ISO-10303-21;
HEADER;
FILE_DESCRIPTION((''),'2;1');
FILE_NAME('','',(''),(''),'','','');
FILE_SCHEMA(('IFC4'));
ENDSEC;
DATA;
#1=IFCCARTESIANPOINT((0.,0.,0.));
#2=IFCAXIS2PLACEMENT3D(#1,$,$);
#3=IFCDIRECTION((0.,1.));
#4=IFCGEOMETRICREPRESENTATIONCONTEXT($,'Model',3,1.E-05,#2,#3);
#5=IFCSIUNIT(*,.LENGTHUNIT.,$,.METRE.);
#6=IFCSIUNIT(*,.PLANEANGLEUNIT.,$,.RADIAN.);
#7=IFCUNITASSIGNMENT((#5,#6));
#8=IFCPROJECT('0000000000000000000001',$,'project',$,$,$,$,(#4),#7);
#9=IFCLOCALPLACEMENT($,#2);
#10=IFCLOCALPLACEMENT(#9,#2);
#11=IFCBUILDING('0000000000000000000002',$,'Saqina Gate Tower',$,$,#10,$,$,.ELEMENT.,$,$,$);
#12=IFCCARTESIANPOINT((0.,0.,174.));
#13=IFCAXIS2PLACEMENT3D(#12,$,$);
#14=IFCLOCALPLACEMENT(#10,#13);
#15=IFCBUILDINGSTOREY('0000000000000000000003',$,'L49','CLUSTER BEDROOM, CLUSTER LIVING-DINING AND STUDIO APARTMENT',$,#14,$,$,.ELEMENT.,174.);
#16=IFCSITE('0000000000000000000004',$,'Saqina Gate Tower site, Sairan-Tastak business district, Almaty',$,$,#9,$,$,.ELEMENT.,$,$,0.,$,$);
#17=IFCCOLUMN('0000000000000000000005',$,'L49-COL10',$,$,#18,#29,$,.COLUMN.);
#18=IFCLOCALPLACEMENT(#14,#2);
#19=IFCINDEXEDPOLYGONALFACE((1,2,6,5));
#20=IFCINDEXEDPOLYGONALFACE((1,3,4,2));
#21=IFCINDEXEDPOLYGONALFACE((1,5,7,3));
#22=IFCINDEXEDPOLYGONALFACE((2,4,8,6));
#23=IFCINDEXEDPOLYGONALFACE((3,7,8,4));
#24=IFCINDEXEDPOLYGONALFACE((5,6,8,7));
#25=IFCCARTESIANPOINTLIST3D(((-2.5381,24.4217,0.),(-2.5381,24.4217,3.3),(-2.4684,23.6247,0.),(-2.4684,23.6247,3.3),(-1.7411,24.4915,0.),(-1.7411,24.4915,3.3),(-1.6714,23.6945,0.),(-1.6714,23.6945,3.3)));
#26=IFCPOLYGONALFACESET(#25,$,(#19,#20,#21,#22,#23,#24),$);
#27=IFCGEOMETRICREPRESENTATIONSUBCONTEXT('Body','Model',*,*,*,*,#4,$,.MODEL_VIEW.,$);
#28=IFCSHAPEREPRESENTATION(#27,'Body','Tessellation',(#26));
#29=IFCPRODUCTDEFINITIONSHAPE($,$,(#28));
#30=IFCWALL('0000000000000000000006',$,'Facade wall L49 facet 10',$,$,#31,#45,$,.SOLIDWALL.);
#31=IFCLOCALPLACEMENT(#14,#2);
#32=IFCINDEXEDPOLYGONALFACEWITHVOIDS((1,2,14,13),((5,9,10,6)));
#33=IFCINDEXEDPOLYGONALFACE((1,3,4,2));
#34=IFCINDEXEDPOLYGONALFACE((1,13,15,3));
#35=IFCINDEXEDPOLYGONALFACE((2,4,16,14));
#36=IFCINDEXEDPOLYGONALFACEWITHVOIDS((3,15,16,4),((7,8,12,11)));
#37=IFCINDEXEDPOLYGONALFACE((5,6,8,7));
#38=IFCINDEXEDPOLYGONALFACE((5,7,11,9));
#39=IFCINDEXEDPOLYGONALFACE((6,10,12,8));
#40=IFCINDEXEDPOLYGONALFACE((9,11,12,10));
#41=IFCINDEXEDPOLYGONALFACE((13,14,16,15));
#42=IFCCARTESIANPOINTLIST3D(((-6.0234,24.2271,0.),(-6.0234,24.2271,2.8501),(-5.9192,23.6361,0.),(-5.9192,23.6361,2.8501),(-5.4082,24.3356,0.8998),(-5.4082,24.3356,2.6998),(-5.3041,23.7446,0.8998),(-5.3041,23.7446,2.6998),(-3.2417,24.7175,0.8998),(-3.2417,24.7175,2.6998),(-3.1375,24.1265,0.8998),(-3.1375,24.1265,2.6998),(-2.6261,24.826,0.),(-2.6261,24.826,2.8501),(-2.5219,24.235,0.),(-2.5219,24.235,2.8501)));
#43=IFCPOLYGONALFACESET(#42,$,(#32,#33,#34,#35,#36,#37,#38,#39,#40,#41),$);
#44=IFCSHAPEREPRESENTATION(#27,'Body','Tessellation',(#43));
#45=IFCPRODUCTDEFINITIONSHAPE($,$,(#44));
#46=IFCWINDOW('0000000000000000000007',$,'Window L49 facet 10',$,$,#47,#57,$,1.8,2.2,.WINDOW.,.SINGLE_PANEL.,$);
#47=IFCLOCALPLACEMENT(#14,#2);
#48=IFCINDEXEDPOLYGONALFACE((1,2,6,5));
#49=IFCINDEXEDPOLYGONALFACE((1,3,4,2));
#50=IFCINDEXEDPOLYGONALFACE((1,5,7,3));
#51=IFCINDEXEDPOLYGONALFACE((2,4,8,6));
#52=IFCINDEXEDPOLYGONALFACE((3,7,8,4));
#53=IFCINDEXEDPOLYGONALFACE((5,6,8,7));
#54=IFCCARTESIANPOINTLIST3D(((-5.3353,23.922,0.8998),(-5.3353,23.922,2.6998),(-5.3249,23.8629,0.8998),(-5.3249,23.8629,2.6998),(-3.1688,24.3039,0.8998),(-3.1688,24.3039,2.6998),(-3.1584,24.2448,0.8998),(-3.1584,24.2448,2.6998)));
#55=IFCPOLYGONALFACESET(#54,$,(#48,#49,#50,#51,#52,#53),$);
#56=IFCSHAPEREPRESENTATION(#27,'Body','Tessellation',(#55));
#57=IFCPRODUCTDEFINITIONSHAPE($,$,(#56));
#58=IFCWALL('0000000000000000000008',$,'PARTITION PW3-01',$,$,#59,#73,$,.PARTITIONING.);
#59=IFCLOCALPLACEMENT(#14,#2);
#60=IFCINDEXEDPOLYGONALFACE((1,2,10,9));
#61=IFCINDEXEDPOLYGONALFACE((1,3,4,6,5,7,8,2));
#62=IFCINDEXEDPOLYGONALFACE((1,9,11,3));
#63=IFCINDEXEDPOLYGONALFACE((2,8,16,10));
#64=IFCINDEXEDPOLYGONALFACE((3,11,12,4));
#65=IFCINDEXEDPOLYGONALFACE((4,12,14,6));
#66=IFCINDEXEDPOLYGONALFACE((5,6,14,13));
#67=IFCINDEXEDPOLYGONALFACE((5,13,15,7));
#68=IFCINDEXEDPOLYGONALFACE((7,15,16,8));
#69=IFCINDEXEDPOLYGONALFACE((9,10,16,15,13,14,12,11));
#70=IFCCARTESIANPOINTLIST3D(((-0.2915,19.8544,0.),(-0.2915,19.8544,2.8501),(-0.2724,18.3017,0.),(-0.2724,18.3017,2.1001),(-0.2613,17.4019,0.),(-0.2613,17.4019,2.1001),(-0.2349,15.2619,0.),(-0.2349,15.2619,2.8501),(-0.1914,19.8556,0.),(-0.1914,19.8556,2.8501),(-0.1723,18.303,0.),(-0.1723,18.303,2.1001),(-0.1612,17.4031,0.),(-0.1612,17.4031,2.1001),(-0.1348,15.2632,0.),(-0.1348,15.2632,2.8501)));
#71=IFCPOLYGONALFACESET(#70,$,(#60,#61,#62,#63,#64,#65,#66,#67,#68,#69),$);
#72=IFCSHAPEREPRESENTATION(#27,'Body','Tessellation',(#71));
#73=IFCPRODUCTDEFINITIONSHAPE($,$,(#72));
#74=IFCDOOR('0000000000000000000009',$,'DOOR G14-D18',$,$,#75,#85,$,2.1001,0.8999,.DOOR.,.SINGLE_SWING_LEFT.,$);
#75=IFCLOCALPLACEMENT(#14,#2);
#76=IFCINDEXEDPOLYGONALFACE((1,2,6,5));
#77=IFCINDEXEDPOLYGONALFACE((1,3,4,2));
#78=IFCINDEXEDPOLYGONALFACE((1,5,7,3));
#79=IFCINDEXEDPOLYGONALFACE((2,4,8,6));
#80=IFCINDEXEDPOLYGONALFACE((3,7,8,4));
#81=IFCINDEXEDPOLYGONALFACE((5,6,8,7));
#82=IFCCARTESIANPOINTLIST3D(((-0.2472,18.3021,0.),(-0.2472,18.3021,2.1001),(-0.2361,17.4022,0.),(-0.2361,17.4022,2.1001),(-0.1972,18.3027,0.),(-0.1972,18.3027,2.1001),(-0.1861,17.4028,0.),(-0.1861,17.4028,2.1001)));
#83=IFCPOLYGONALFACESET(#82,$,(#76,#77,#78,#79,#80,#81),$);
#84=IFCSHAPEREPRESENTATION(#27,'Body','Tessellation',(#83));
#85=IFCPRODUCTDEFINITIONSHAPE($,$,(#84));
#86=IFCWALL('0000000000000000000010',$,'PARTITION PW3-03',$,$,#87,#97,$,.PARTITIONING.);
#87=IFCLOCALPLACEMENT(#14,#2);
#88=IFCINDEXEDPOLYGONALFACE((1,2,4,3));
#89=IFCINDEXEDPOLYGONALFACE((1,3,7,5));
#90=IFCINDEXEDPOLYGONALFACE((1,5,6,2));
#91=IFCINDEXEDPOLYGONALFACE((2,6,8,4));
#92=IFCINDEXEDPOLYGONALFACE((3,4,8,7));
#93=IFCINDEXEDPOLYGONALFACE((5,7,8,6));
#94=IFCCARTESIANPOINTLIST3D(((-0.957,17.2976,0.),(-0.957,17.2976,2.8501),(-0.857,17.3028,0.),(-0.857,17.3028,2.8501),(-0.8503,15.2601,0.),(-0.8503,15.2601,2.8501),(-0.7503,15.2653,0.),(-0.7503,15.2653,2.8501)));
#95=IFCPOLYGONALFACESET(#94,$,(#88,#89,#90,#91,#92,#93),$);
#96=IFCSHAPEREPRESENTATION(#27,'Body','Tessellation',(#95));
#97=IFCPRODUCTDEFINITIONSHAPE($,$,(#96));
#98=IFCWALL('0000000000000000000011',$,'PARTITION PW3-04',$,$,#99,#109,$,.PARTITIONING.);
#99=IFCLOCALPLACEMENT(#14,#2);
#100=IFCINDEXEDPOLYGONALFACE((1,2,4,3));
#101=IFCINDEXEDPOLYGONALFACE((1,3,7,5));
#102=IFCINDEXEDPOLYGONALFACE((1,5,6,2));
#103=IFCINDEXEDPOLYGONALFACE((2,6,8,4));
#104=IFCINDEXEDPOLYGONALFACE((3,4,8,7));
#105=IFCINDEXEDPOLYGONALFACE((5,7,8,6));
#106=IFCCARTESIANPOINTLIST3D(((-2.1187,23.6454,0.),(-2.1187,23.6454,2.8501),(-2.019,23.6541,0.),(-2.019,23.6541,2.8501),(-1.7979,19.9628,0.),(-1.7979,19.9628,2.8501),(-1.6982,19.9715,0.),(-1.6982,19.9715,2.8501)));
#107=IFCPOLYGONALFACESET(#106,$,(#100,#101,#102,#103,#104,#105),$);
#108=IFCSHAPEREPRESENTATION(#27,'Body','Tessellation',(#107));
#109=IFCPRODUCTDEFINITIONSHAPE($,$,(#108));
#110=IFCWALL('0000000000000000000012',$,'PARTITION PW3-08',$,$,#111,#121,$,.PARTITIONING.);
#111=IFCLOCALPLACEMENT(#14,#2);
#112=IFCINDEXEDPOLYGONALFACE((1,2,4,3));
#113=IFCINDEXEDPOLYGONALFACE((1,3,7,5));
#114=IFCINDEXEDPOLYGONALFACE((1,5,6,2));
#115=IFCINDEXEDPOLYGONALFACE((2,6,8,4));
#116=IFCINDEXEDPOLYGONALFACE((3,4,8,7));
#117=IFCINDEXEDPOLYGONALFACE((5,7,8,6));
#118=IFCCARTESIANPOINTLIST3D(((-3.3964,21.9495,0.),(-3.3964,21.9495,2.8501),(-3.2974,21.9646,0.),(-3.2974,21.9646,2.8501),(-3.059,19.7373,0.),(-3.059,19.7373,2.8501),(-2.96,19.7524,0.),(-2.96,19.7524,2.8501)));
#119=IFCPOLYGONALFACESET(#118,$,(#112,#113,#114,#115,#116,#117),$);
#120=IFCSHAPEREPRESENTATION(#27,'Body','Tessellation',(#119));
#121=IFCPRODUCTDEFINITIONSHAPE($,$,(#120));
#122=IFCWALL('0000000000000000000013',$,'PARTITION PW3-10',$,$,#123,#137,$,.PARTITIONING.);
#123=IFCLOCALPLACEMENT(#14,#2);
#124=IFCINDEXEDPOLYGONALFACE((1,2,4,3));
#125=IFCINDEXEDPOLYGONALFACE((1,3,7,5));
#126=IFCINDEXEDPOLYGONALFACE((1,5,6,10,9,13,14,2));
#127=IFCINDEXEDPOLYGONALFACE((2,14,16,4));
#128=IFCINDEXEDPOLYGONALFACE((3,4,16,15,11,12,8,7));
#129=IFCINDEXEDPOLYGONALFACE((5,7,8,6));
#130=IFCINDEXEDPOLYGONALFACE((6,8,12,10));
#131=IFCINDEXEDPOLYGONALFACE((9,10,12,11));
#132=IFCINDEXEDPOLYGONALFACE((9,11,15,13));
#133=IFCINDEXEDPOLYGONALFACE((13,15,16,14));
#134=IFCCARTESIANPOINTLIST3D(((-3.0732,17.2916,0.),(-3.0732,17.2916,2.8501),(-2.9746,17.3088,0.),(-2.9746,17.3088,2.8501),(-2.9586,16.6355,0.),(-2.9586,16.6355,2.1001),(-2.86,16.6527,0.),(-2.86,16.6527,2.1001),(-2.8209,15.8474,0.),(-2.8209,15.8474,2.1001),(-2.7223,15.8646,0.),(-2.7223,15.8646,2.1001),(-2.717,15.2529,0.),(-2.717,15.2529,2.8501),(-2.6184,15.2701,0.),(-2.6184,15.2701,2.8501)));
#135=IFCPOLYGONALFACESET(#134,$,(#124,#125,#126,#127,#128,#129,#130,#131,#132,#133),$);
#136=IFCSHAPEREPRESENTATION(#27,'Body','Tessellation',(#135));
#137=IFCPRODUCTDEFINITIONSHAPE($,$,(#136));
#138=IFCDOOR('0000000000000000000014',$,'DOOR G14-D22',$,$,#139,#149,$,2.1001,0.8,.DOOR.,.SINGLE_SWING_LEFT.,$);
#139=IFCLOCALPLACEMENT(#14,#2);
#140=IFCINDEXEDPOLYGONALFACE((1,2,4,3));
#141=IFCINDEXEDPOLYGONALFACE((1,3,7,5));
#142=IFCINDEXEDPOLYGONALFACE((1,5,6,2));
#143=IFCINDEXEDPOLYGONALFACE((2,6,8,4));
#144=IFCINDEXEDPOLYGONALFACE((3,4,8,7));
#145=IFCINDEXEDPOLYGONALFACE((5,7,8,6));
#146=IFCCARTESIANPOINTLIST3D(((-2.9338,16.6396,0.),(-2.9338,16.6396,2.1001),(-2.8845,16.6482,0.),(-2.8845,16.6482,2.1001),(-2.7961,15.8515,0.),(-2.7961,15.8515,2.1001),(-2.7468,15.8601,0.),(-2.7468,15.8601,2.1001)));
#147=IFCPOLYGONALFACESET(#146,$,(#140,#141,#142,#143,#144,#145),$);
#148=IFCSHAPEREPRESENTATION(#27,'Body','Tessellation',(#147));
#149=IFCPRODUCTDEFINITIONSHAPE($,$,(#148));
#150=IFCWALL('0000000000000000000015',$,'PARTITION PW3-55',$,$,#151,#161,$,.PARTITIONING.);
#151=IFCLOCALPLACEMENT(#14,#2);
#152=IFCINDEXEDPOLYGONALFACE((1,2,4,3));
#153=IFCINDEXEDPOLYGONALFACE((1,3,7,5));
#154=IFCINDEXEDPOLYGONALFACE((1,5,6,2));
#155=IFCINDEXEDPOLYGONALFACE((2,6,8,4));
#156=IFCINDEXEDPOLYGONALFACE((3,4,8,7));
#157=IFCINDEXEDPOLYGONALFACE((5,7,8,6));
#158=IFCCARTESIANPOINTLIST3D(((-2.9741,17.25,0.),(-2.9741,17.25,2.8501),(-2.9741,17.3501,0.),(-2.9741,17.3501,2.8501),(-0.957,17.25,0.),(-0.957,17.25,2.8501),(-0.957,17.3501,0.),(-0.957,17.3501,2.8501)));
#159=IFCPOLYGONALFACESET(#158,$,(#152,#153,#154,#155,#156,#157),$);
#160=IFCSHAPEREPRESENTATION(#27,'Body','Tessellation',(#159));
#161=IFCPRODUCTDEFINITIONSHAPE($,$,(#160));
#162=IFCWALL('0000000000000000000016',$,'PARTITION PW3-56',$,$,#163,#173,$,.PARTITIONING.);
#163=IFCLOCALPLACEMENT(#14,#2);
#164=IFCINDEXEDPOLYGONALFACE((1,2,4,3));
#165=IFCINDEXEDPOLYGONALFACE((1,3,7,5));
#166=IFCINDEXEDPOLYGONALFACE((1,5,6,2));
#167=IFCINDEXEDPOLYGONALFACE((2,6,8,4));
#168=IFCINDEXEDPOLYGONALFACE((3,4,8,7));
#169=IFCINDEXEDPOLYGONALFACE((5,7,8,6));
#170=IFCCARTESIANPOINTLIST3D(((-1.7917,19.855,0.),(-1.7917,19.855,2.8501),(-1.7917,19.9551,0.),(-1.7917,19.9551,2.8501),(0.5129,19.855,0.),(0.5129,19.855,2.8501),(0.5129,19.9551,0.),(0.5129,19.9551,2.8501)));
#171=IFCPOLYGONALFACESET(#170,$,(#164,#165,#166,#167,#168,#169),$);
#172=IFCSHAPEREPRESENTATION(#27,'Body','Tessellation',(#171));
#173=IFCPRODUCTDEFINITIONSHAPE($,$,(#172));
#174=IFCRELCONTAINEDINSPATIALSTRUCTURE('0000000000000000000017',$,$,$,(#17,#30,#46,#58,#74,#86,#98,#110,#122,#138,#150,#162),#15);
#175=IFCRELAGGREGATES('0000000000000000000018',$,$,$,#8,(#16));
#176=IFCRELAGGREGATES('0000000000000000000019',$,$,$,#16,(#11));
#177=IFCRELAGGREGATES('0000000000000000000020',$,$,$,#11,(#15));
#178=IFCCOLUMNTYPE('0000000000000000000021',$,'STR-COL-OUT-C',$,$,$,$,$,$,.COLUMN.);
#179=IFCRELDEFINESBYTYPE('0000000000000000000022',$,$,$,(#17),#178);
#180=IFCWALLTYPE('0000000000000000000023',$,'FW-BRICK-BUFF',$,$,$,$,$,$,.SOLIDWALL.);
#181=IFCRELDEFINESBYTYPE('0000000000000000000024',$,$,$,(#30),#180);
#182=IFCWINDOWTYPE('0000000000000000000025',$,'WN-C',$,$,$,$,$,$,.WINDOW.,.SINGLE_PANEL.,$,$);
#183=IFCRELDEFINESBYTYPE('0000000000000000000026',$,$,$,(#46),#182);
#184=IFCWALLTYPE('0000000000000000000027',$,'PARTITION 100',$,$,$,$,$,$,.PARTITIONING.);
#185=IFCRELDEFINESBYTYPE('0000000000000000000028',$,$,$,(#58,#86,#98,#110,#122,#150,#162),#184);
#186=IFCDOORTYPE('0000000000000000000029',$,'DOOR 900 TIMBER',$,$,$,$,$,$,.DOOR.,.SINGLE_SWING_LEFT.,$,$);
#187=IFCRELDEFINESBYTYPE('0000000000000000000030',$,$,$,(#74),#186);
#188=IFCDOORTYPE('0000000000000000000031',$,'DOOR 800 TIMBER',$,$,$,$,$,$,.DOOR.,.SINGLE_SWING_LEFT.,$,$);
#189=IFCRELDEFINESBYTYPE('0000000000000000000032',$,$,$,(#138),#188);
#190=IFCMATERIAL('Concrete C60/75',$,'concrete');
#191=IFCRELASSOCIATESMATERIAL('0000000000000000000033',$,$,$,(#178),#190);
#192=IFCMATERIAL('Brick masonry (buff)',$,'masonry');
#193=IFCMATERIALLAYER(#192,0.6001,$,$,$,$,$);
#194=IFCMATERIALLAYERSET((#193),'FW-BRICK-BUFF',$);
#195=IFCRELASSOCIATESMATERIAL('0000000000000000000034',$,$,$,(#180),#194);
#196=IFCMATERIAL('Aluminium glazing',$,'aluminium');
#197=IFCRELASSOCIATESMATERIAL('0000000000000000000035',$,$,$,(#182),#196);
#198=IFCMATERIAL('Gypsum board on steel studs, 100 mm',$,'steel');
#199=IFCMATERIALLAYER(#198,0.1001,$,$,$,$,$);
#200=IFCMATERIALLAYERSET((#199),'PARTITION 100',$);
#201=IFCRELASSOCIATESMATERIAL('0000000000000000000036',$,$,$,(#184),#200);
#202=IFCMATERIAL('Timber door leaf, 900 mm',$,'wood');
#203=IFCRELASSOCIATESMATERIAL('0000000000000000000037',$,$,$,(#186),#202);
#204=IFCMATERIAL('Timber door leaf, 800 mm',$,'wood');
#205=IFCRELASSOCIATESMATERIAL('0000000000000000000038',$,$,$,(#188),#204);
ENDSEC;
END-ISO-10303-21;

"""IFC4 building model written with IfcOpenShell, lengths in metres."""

from ifc_helpers import new_model, si_unit, direction, frame, frame_2d, origin, origin_2d, place, context, subcontext, project, spatial, rectangle, extrude, material, layer, layer_set, material_profile, profile_set, type_object, element, fill, save


model = new_model("IFC4")

# Units and contexts
model_context = context("Model", 3, precision=1e-05, world=origin(), true_north=direction((0.0, 1.0)))
body_context = subcontext(model_context, "Body", "Model", "MODEL_VIEW")
ifc_project = project(units=[si_unit("LENGTHUNIT", "METRE"), si_unit("PLANEANGLEUNIT", "RADIAN")], contexts=[model_context])

# Site, building, storey
site_placement = place(None, origin())
site = spatial("IfcSite", under=ifc_project, at=site_placement, Name="Saqina Gate Tower site, Sairan-Tastak business district, Almaty", CompositionType="ELEMENT", RefElevation=0.0)
building_placement = place(site_placement, origin())
building = spatial("IfcBuilding", under=site, at=building_placement, Name="Saqina Gate Tower", CompositionType="ELEMENT")
storey_placement = place(building_placement, frame((0.0, 0.0, 174.0)))
storey = spatial("IfcBuildingStorey", under=building, at=storey_placement, Name="L49", Description="CLUSTER BEDROOM, CLUSTER LIVING-DINING AND STUDIO APARTMENT", CompositionType="ELEMENT", Elevation=174.0)

# Column
ifc_material_1 = material(Name="Concrete C60/75", Category="concrete")
ifc_material_profile = material_profile(ifc_material_1, rectangle(XDim=0.8, YDim=0.8, at=origin_2d()), Name="RC 800x800")
ifc_profile_set = profile_set([ifc_material_profile], Name="Concrete C60/75")
column_type = type_object("IfcColumnType", Name="STR-COL-OUT-C", PredefinedType="COLUMN", material=ifc_profile_set)
column_placement = place(storey_placement, frame((-2.1047, 24.0581, 0.0), z_axis=(0.0, 0.0, 1.0), x_axis=(-0.087156, 0.996195, 0.0)))
element("IfcColumn", 1, at=column_placement, inside=storey, type_object=column_type, Name="L49-COL10", PredefinedType="COLUMN", context=body_context, shape_type="SweptSolid", body=[
    extrude(rectangle(XDim=0.8, YDim=0.8, at=origin_2d()), origin(), (0.0, 0.0, 1.0), 3.3),
])

# Wall, opening, window
ifc_material_2 = material(Name="Brick masonry (buff)", Category="masonry")
ifc_layer_1 = layer(ifc_material_2, 0.6001)
ifc_layer_set_1 = layer_set([ifc_layer_1], Name="FW-BRICK-BUFF")
wall_type_1 = type_object("IfcWallType", Name="FW-BRICK-BUFF", PredefinedType="SOLIDWALL", material=ifc_layer_set_1)
wall_1_placement = place(storey_placement, frame((-2.574, 24.5305, 0.0), z_axis=(0.0, 0.0, 1.0), x_axis=(-0.984815, -0.173608, 0.0)))
wall_1 = element("IfcWall", 2, at=wall_1_placement, inside=storey, type_object=wall_type_1, Name="Facade wall L49 facet 10", PredefinedType="SOLIDWALL", context=body_context, shape_type="SweptSolid", body=[
    extrude(rectangle(XDim=3.4497, YDim=0.6001, at=frame_2d((1.7249, 0.0))), origin(), (0.0, 0.0, 1.0), 2.8501),
])
opening_1_placement = place(wall_1_placement, frame((0.625, 0.0, 0.8999)))
opening_1 = element("IfcOpeningElement", 3, at=opening_1_placement, cuts=wall_1, PredefinedType="OPENING", context=body_context, shape_type="SweptSolid", body=[
    extrude(rectangle(XDim=2.2, YDim=1.8, at=frame_2d((1.1001, 0.8999))), frame((0.0, 0.312, 0.0), z_axis=(0.0, -1.0, 0.0), x_axis=(1.0, 0.0, 0.0)), (0.0, 0.0, 1.0), 0.624),
])
ifc_material_3 = material(Name="Aluminium glazing", Category="aluminium")
window_type = type_object("IfcWindowType", Name="WN-C", PartitioningType="SINGLE_PANEL", PredefinedType="WINDOW", material=ifc_material_3)
window_placement = place(opening_1_placement, origin())
window = element("IfcWindow", 4, at=window_placement, inside=storey, type_object=window_type, Name="Window L49 facet 10", OverallHeight=1.8, OverallWidth=2.2, PartitioningType="SINGLE_PANEL", PredefinedType="WINDOW", context=body_context, shape_type="SweptSolid", body=[
    extrude(rectangle(XDim=2.2, YDim=1.8, at=frame_2d((1.1001, 0.8999))), frame((0.0, 0.1799, 0.0), z_axis=(0.0, -1.0, 0.0), x_axis=(1.0, 0.0, 0.0)), (0.0, 0.0, 1.0), 0.0601),
])
fill(opening_1, window)

# Wall, opening, door
ifc_material_4 = material(Name="Gypsum board on steel studs, 100 mm", Category="steel")
ifc_layer_2 = layer(ifc_material_4, 0.1001)
ifc_layer_set_2 = layer_set([ifc_layer_2], Name="PARTITION 100")
wall_type_2 = type_object("IfcWallType", Name="PARTITION 100", PredefinedType="PARTITIONING", material=ifc_layer_set_2)
wall_2_placement = place(storey_placement, frame((-0.2415, 19.855, 0.0), z_axis=(0.0, 0.0, 1.0), x_axis=(0.012332, -0.999924, 0.0)))
wall_2 = element("IfcWall", 5, at=wall_2_placement, inside=storey, type_object=wall_type_2, Name="PARTITION PW3-01", PredefinedType="PARTITIONING", context=body_context, shape_type="SweptSolid", body=[
    extrude(rectangle(XDim=4.5928, YDim=0.1001, at=frame_2d((2.2964, 0.0))), origin(), (0.0, 0.0, 1.0), 2.8501),
])
opening_2_placement = place(wall_2_placement, frame((1.5527, 0.0, 0.0)))
opening_2 = element("IfcOpeningElement", 6, at=opening_2_placement, cuts=wall_2, PredefinedType="OPENING", context=body_context, shape_type="SweptSolid", body=[
    extrude(rectangle(XDim=0.8999, YDim=2.1001, at=frame_2d((0.45, 1.05))), frame((0.0, 0.062, 0.0), z_axis=(0.0, -1.0, 0.0), x_axis=(1.0, 0.0, 0.0)), (0.0, 0.0, 1.0), 0.124),
])
ifc_material_5 = material(Name="Timber door leaf, 900 mm", Category="wood")
door_type_1 = type_object("IfcDoorType", Name="DOOR 900 TIMBER", OperationType="SINGLE_SWING_LEFT", PredefinedType="DOOR", material=ifc_material_5)
door_1_placement = place(opening_2_placement, frame((0.8999, 0.0, 0.0), z_axis=(0.0, 0.0, 1.0), x_axis=(-1.0, 0.0, 0.0)))
door_1 = element("IfcDoor", 7, at=door_1_placement, inside=storey, type_object=door_type_1, Name="DOOR G14-D18", OperationType="SINGLE_SWING_LEFT", OverallHeight=2.1001, OverallWidth=0.8999, PredefinedType="DOOR", context=body_context, shape_type="SweptSolid", body=[
    extrude(rectangle(XDim=0.8999, YDim=2.1001, at=frame_2d((0.45, 1.05))), frame((0.0, 0.0249, 0.0), z_axis=(0.0, -1.0, 0.0), x_axis=(1.0, 0.0, 0.0)), (0.0, 0.0, 1.0), 0.05),
])
fill(opening_2, door_1)

# Walls
wall_3_placement = place(storey_placement, frame((-0.907, 17.3, 0.0), z_axis=(0.0, 0.0, 1.0), x_axis=(0.052289, -0.998632, 0.0)))
element("IfcWall", 8, at=wall_3_placement, inside=storey, type_object=wall_type_2, Name="PARTITION PW3-03", PredefinedType="PARTITIONING", context=body_context, shape_type="SweptSolid", body=[
    extrude(rectangle(XDim=2.0403, YDim=0.1001, at=frame_2d((1.02, 0.0))), origin(), (0.0, 0.0, 1.0), 2.8501),
])
wall_4_placement = place(storey_placement, frame((-2.0688, 23.6497, 0.0), z_axis=(0.0, 0.0, 1.0), x_axis=(0.086784, -0.996227, 0.0)))
element("IfcWall", 9, at=wall_4_placement, inside=storey, type_object=wall_type_2, Name="PARTITION PW3-04", PredefinedType="PARTITIONING", context=body_context, shape_type="SweptSolid", body=[
    extrude(rectangle(XDim=3.6965, YDim=0.1001, at=frame_2d((1.8481, 0.0))), origin(), (0.0, 0.0, 1.0), 2.8501),
])
wall_5_placement = place(storey_placement, frame((-3.3469, 21.957, 0.0), z_axis=(0.0, 0.0, 1.0), x_axis=(0.150778, -0.988568, 0.0)))
element("IfcWall", 10, at=wall_5_placement, inside=storey, type_object=wall_type_2, Name="PARTITION PW3-08", PredefinedType="PARTITIONING", context=body_context, shape_type="SweptSolid", body=[
    extrude(rectangle(XDim=2.2378, YDim=0.1001, at=frame_2d((1.1189, 0.0))), origin(), (0.0, 0.0, 1.0), 2.8501),
])

# Wall, opening, door
wall_6_placement = place(storey_placement, frame((-3.0239, 17.3, 0.0), z_axis=(0.0, 0.0, 1.0), x_axis=(0.172123, -0.985076, 0.0)))
wall_6 = element("IfcWall", 11, at=wall_6_placement, inside=storey, type_object=wall_type_2, Name="PARTITION PW3-10", PredefinedType="PARTITIONING", context=body_context, shape_type="SweptSolid", body=[
    extrude(rectangle(XDim=2.0696, YDim=0.1001, at=frame_2d((1.0347, 0.0))), origin(), (0.0, 0.0, 1.0), 2.8501),
])
opening_3_placement = place(wall_6_placement, frame((0.666, 0.0, 0.0)))
opening_3 = element("IfcOpeningElement", 12, at=opening_3_placement, cuts=wall_6, PredefinedType="OPENING", context=body_context, shape_type="SweptSolid", body=[
    extrude(rectangle(XDim=0.8, YDim=2.1001, at=frame_2d((0.3999, 1.05))), frame((0.0, 0.062, 0.0), z_axis=(0.0, -1.0, 0.0), x_axis=(1.0, 0.0, 0.0)), (0.0, 0.0, 1.0), 0.124),
])
ifc_material_6 = material(Name="Timber door leaf, 800 mm", Category="wood")
door_type_2 = type_object("IfcDoorType", Name="DOOR 800 TIMBER", OperationType="SINGLE_SWING_LEFT", PredefinedType="DOOR", material=ifc_material_6)
door_2_placement = place(opening_3_placement, frame((0.8, 0.0, 0.0), z_axis=(0.0, 0.0, 1.0), x_axis=(-1.0, 0.0, 0.0)))
door_2 = element("IfcDoor", 13, at=door_2_placement, inside=storey, type_object=door_type_2, Name="DOOR G14-D22", OperationType="SINGLE_SWING_LEFT", OverallHeight=2.1001, OverallWidth=0.8, PredefinedType="DOOR", context=body_context, shape_type="SweptSolid", body=[
    extrude(rectangle(XDim=0.8, YDim=2.1001, at=frame_2d((0.3999, 1.05))), frame((0.0, 0.0249, 0.0), z_axis=(0.0, -1.0, 0.0), x_axis=(1.0, 0.0, 0.0)), (0.0, 0.0, 1.0), 0.05),
])
fill(opening_3, door_2)

# Walls
wall_7_placement = place(storey_placement, frame((-2.9741, 17.3, 0.0), z_axis=(0.0, 0.0, 1.0), x_axis=(1.0, 0.0, 0.0)))
element("IfcWall", 14, at=wall_7_placement, inside=storey, type_object=wall_type_2, Name="PARTITION PW3-55", PredefinedType="PARTITIONING", context=body_context, shape_type="SweptSolid", body=[
    extrude(rectangle(XDim=2.0171, YDim=0.1001, at=frame_2d((1.0085, 0.0))), origin(), (0.0, 0.0, 1.0), 2.8501),
])
wall_8_placement = place(storey_placement, frame((-1.7917, 19.905, 0.0), z_axis=(0.0, 0.0, 1.0), x_axis=(1.0, 0.0, 0.0)))
element("IfcWall", 15, at=wall_8_placement, inside=storey, type_object=wall_type_2, Name="PARTITION PW3-56", PredefinedType="PARTITIONING", context=body_context, shape_type="SweptSolid", body=[
    extrude(rectangle(XDim=2.3047, YDim=0.1001, at=frame_2d((1.1523, 0.0))), origin(), (0.0, 0.0, 1.0), 2.8501),
])

save(model, "model.ifc")
